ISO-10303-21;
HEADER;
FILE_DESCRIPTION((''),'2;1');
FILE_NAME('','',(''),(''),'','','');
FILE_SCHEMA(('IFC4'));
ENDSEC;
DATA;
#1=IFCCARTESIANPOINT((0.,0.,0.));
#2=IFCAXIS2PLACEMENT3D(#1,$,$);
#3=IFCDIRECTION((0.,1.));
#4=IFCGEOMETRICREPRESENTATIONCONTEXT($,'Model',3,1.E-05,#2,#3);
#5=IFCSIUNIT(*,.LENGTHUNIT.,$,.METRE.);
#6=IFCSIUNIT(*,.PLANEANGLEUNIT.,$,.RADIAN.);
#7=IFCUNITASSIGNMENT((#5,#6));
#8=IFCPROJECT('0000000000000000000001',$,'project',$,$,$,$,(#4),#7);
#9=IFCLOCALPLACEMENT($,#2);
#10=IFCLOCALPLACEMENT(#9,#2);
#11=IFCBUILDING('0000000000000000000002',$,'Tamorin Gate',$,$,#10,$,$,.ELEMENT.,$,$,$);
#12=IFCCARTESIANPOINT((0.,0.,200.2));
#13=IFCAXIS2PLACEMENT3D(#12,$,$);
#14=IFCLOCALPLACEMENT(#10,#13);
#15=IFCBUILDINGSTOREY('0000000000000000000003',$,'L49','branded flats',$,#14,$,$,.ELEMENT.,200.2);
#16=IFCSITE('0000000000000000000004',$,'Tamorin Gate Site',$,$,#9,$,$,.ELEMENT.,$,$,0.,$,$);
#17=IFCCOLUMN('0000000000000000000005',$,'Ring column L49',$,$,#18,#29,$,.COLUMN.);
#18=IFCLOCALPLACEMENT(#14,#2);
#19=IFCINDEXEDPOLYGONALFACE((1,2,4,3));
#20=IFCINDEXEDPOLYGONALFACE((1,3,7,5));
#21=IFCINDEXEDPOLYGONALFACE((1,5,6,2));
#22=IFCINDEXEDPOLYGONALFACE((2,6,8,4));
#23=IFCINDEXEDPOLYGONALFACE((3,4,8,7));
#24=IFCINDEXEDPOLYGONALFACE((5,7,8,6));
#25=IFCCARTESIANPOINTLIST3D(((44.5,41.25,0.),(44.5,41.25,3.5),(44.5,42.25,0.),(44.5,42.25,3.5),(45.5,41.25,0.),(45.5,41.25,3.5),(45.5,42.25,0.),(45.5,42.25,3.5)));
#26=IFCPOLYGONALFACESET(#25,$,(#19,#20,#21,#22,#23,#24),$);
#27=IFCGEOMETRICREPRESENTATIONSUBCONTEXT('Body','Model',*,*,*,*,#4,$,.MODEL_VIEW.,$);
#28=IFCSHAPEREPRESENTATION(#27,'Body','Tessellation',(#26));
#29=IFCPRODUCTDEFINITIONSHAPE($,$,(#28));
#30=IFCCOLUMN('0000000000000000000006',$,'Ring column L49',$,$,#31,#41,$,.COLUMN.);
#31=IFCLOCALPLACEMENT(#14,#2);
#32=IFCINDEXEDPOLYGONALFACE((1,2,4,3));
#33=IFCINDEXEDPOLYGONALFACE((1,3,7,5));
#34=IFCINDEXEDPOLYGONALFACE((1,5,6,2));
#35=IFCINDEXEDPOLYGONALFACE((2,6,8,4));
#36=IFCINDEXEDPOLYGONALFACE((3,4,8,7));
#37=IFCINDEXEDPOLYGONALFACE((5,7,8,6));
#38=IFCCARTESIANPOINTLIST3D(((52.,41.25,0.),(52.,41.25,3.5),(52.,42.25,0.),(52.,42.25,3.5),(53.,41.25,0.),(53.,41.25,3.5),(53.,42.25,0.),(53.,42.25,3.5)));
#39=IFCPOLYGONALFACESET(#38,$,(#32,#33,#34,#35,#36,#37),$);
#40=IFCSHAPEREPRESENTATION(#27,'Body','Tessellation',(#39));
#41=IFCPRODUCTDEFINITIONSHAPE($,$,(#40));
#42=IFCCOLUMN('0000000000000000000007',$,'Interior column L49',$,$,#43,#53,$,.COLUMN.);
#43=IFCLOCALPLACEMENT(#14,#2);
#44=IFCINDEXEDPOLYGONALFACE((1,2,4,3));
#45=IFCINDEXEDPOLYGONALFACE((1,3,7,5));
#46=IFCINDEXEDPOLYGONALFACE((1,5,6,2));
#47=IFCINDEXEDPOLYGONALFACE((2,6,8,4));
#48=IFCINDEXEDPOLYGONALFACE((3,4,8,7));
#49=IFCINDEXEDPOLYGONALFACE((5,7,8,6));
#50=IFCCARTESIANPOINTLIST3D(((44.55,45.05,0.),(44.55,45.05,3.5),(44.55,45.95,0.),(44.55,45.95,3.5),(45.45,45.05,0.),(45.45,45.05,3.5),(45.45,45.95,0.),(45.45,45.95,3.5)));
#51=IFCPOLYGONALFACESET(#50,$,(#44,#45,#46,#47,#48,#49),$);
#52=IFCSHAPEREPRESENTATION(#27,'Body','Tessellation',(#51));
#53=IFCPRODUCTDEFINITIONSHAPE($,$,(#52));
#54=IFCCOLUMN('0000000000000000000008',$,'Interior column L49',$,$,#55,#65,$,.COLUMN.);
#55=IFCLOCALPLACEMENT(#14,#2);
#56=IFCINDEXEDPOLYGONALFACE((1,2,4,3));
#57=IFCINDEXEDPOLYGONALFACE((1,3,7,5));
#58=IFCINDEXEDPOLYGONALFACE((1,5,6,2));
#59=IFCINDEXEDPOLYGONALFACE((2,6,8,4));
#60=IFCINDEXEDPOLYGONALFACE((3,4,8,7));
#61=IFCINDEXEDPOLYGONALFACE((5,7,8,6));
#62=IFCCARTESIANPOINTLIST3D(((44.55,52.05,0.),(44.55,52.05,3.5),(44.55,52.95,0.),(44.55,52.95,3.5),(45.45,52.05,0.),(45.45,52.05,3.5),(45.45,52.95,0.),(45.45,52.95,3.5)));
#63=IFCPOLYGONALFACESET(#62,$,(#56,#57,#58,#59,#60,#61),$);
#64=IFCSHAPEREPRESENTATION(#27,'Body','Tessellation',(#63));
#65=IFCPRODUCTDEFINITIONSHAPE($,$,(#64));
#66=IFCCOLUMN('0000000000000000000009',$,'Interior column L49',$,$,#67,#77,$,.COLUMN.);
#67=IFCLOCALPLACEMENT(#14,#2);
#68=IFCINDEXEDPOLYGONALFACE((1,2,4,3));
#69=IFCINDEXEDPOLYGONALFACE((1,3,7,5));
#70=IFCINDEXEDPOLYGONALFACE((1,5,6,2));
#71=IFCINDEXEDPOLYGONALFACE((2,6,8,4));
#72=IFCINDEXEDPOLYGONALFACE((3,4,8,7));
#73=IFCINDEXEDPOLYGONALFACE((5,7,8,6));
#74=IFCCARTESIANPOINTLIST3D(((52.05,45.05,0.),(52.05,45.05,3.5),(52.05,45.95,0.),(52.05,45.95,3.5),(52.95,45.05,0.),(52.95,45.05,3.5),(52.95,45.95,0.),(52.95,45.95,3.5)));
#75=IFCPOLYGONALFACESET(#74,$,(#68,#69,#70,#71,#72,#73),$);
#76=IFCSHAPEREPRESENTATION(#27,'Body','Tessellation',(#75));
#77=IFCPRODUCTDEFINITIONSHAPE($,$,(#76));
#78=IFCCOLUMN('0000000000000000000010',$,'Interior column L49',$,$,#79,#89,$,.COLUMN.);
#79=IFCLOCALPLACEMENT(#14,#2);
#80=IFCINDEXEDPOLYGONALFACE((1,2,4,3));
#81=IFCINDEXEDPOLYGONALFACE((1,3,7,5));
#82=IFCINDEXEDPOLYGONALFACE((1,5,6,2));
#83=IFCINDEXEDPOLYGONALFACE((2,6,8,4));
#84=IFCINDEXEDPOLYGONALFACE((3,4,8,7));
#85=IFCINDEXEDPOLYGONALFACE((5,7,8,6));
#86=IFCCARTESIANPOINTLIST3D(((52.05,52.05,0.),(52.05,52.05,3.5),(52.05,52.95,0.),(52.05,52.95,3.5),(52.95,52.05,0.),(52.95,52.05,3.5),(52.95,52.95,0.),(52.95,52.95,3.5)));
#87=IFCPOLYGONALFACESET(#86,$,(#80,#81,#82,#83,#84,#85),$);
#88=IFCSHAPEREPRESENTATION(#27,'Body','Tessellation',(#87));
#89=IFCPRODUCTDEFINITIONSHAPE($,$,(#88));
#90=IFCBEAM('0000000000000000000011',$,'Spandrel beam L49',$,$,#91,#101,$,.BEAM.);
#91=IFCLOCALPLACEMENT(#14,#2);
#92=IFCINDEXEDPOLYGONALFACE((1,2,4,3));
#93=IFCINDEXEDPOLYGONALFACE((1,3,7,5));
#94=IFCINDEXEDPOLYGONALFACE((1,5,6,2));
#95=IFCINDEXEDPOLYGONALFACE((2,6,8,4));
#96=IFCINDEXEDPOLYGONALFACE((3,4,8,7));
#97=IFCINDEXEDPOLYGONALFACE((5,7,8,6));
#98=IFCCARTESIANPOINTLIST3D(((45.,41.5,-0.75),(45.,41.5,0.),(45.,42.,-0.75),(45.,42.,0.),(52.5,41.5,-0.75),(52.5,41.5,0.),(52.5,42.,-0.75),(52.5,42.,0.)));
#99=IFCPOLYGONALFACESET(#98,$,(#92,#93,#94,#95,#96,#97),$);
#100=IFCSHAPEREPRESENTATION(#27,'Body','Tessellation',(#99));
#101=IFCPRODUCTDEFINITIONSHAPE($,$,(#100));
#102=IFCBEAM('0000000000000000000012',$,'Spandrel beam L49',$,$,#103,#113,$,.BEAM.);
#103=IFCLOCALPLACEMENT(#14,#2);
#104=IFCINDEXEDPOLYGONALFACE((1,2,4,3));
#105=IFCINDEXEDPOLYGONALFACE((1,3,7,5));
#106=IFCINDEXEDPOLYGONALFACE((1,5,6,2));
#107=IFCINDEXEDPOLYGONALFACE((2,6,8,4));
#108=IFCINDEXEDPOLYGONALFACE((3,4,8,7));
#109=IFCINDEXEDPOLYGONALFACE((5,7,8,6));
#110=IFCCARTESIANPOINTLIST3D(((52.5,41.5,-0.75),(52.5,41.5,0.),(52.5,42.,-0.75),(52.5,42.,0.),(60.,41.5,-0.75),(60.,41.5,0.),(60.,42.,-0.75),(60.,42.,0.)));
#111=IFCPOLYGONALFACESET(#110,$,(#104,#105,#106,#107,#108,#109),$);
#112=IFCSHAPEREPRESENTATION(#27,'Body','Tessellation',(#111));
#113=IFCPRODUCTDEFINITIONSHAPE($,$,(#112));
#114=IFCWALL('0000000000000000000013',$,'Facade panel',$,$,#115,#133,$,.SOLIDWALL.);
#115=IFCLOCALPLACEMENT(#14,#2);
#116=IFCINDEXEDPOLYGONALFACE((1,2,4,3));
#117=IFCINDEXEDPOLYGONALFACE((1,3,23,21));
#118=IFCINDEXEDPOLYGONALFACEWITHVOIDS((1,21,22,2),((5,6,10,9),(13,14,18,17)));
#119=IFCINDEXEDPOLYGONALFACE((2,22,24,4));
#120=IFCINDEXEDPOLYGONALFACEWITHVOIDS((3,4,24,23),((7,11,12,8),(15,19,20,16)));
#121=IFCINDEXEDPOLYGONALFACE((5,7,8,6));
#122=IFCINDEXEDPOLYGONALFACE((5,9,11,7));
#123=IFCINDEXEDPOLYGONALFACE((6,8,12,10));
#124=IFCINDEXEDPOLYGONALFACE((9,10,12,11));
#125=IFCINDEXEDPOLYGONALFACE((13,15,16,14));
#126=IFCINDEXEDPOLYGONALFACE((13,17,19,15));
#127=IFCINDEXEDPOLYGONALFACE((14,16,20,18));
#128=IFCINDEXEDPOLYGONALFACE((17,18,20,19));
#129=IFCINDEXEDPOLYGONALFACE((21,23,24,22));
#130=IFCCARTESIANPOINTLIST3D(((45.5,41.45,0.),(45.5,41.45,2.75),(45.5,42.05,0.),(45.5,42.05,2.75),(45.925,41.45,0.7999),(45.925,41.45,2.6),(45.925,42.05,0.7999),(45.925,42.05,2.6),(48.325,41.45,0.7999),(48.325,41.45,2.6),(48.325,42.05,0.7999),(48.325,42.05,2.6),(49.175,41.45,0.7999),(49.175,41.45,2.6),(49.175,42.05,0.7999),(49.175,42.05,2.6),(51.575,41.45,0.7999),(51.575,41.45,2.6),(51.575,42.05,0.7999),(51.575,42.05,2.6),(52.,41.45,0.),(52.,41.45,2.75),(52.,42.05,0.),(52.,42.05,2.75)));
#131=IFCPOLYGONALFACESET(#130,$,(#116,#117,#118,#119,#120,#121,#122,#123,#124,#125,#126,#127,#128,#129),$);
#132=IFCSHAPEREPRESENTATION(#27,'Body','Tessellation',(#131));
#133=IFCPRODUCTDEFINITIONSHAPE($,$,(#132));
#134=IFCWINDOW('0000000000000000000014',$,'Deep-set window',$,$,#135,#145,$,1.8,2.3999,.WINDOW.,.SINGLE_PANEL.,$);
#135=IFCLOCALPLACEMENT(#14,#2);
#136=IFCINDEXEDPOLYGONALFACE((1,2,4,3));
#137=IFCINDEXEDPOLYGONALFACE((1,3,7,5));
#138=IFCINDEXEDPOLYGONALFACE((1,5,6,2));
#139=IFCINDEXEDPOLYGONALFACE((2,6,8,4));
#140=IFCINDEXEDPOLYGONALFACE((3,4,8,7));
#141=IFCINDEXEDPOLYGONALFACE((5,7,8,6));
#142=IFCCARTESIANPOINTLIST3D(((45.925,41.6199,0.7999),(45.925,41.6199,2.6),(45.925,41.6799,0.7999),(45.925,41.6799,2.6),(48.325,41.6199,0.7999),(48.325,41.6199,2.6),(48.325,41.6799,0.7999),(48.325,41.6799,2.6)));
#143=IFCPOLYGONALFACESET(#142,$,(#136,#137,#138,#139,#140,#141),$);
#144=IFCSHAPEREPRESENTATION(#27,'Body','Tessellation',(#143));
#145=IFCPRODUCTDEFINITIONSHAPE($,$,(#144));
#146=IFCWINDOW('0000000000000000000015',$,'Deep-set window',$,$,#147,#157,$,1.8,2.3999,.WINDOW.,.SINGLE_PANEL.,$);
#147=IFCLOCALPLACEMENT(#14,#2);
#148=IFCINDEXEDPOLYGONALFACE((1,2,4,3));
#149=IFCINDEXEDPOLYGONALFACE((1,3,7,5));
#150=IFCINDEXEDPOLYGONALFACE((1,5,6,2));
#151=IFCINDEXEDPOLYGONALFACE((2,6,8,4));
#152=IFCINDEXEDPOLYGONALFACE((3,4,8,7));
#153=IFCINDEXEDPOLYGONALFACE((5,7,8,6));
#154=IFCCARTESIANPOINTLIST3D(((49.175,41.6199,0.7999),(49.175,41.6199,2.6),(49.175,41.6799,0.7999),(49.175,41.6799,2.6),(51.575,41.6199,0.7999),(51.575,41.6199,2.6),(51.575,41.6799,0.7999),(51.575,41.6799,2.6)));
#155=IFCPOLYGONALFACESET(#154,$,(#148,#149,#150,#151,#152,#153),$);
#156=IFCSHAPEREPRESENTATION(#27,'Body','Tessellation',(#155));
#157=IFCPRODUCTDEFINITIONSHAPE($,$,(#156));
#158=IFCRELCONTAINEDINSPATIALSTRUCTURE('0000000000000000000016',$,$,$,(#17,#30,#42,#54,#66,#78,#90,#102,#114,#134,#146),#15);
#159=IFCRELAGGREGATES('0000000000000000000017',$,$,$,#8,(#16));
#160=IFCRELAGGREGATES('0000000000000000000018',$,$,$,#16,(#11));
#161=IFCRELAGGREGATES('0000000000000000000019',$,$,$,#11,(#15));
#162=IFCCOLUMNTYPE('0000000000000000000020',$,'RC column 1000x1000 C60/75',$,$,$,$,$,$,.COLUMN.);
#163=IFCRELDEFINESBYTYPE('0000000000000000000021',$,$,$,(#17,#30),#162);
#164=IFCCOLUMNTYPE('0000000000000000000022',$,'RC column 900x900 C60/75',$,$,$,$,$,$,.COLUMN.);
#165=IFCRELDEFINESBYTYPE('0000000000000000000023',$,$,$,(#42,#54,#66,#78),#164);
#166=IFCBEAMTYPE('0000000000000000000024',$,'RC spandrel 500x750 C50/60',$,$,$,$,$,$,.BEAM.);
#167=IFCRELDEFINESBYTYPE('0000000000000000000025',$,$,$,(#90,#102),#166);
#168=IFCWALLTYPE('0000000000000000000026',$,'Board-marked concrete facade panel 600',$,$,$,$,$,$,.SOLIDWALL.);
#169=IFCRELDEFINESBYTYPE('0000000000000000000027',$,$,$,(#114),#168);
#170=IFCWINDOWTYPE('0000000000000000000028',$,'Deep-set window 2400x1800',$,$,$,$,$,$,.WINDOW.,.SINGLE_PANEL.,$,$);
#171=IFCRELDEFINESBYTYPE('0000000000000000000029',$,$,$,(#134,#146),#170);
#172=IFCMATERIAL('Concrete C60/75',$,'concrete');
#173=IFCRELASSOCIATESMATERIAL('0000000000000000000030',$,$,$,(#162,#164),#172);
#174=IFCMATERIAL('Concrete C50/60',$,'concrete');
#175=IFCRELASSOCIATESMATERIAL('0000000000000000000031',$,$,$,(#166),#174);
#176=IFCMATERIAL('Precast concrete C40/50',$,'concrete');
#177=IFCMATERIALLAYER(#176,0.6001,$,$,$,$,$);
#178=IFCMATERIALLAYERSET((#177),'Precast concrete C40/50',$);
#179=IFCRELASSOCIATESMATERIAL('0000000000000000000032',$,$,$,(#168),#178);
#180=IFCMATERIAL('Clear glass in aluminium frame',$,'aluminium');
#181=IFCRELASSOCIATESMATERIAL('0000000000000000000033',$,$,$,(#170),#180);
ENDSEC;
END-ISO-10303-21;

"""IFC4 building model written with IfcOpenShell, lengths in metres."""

from ifc_helpers import new_model, si_unit, direction, frame, frame_2d, origin, origin_2d, place, context, subcontext, project, spatial, rectangle, extrude, material, layer, layer_set, material_profile, profile_set, type_object, element, fill, save


model = new_model("IFC4")

# Units and contexts
model_context = context("Model", 3, precision=1e-05, world=origin(), true_north=direction((0.0, 1.0)))
body_context = subcontext(model_context, "Body", "Model", "MODEL_VIEW")
ifc_project = project(units=[si_unit("LENGTHUNIT", "METRE"), si_unit("PLANEANGLEUNIT", "RADIAN")], contexts=[model_context])

# Site, building, storey
site_placement = place(None, origin())
site = spatial("IfcSite", under=ifc_project, at=site_placement, Name="Tamorin Gate Site", CompositionType="ELEMENT", RefElevation=0.0)
building_placement = place(site_placement, origin())
building = spatial("IfcBuilding", under=site, at=building_placement, Name="Tamorin Gate", CompositionType="ELEMENT")
storey_placement = place(building_placement, frame((0.0, 0.0, 200.2)))
storey = spatial("IfcBuildingStorey", under=building, at=storey_placement, Name="L49", Description="branded flats", CompositionType="ELEMENT", Elevation=200.2)

# Columns
ifc_material_1 = material(Name="Concrete C60/75", Category="concrete")
ifc_material_profile_1 = material_profile(ifc_material_1, rectangle(XDim=1.0, YDim=1.0, at=origin_2d()), Name="RC 1000x1000")
ifc_profile_set_1 = profile_set([ifc_material_profile_1], Name="Concrete C60/75")
column_type_1 = type_object("IfcColumnType", Name="RC column 1000x1000 C60/75", PredefinedType="COLUMN", material=ifc_profile_set_1)
for number, where, z_axis, x_axis, name in (
    (1, (45.0, 41.75, 0.0), (0.0, 0.0, 1.0), (1.0, 0.0, 0.0), "Ring column L49"),
    (2, (52.5, 41.75, 0.0), (0.0, 0.0, 1.0), (1.0, 0.0, 0.0), "Ring column L49"),
):
    element("IfcColumn", number, at=place(storey_placement, frame(where, z_axis=z_axis, x_axis=x_axis)), inside=storey, type_object=column_type_1, Name=name, PredefinedType="COLUMN", context=body_context, shape_type="SweptSolid", body=[
        extrude(rectangle(XDim=1.0, YDim=1.0, at=origin_2d()), origin(), (0.0, 0.0, 1.0), 3.5),
    ])
ifc_material_profile_2 = material_profile(ifc_material_1, rectangle(XDim=0.8999, YDim=0.8999, at=origin_2d()), Name="RC 900x900")
ifc_profile_set_2 = profile_set([ifc_material_profile_2], Name="Concrete C60/75")
column_type_2 = type_object("IfcColumnType", Name="RC column 900x900 C60/75", PredefinedType="COLUMN", material=ifc_profile_set_2)
for number, where, z_axis, x_axis, name in (
    (3, (45.0, 45.5, 0.0), (0.0, 0.0, 1.0), (1.0, 0.0, 0.0), "Interior column L49"),
    (4, (45.0, 52.5, 0.0), (0.0, 0.0, 1.0), (1.0, 0.0, 0.0), "Interior column L49"),
    (5, (52.5, 45.5, 0.0), (0.0, 0.0, 1.0), (1.0, 0.0, 0.0), "Interior column L49"),
    (6, (52.5, 52.5, 0.0), (0.0, 0.0, 1.0), (1.0, 0.0, 0.0), "Interior column L49"),
):
    element("IfcColumn", number, at=place(storey_placement, frame(where, z_axis=z_axis, x_axis=x_axis)), inside=storey, type_object=column_type_2, Name=name, PredefinedType="COLUMN", context=body_context, shape_type="SweptSolid", body=[
        extrude(rectangle(XDim=0.8999, YDim=0.8999, at=origin_2d()), origin(), (0.0, 0.0, 1.0), 3.5),
    ])

# Beams
ifc_material_2 = material(Name="Concrete C50/60", Category="concrete")
ifc_material_profile_3 = material_profile(ifc_material_2, rectangle(XDim=0.5, YDim=0.75, at=origin_2d()), Name="RC 500x750")
ifc_profile_set_3 = profile_set([ifc_material_profile_3], Name="Concrete C50/60")
beam_type = type_object("IfcBeamType", Name="RC spandrel 500x750 C50/60", PredefinedType="BEAM", material=ifc_profile_set_3)
for number, where, z_axis, x_axis, name in (
    (7, (45.0, 41.75, -0.375), (1.0, 0.0, 0.0), (0.0, 1.0, 0.0), "Spandrel beam L49"),
    (8, (52.5, 41.75, -0.375), (1.0, 0.0, 0.0), (0.0, 1.0, 0.0), "Spandrel beam L49"),
):
    element("IfcBeam", number, at=place(storey_placement, frame(where, z_axis=z_axis, x_axis=x_axis)), inside=storey, type_object=beam_type, Name=name, PredefinedType="BEAM", context=body_context, shape_type="SweptSolid", body=[
        extrude(rectangle(XDim=0.5, YDim=0.75, at=origin_2d()), origin(), (0.0, 0.0, 1.0), 7.5),
    ])

# Wall, openings, windows
ifc_material_3 = material(Name="Precast concrete C40/50", Category="concrete")
ifc_layer_1 = layer(ifc_material_3, 0.6001)
ifc_layer_set_1 = layer_set([ifc_layer_1], Name="Precast concrete C40/50")
wall_type_1 = type_object("IfcWallType", Name="Board-marked concrete facade panel 600", PredefinedType="SOLIDWALL", material=ifc_layer_set_1)
wall_1_placement = place(storey_placement, frame((45.5, 41.75, 0.0), z_axis=(0.0, 0.0, 1.0), x_axis=(1.0, 0.0, 0.0)))
wall_1 = element("IfcWall", 9, at=wall_1_placement, inside=storey, type_object=wall_type_1, Name="Facade panel", PredefinedType="SOLIDWALL", context=body_context, shape_type="SweptSolid", body=[
    extrude(rectangle(XDim=6.5, YDim=0.6001, at=frame_2d((3.25, 0.0))), origin(), (0.0, 0.0, 1.0), 2.75),
])
opening_1_placement = place(wall_1_placement, frame((0.425, 0.0, 0.8)))
opening_1 = element("IfcOpeningElement", 10, at=opening_1_placement, cuts=wall_1, PredefinedType="OPENING", context=body_context, shape_type="SweptSolid", body=[
    extrude(rectangle(XDim=2.3999, YDim=1.8, at=frame_2d((1.2, 0.8999))), frame((0.0, 0.3101, 0.0), z_axis=(0.0, -1.0, 0.0), x_axis=(1.0, 0.0, 0.0)), (0.0, 0.0, 1.0), 0.6201),
])
opening_2_placement = place(wall_1_placement, frame((3.675, 0.0, 0.8)))
opening_2 = element("IfcOpeningElement", 11, at=opening_2_placement, cuts=wall_1, PredefinedType="OPENING", context=body_context, shape_type="SweptSolid", body=[
    extrude(rectangle(XDim=2.3999, YDim=1.8, at=frame_2d((1.2, 0.8999))), frame((0.0, 0.3101, 0.0), z_axis=(0.0, -1.0, 0.0), x_axis=(1.0, 0.0, 0.0)), (0.0, 0.0, 1.0), 0.6201),
])
ifc_material_4 = material(Name="Clear glass in aluminium frame", Category="aluminium")
window_type = type_object("IfcWindowType", Name="Deep-set window 2400x1800", PartitioningType="SINGLE_PANEL", PredefinedType="WINDOW", material=ifc_material_4)
window_1_placement = place(opening_1_placement, origin())
window_1 = element("IfcWindow", 12, at=window_1_placement, inside=storey, type_object=window_type, Name="Deep-set window", OverallHeight=1.8, OverallWidth=2.3999, PartitioningType="SINGLE_PANEL", PredefinedType="WINDOW", context=body_context, shape_type="SweptSolid", body=[
    extrude(rectangle(XDim=2.3999, YDim=1.8, at=frame_2d((1.2, 0.8999))), frame((0.0, -0.0701, 0.0), z_axis=(0.0, -1.0, 0.0), x_axis=(1.0, 0.0, 0.0)), (0.0, 0.0, 1.0), 0.0601),
])
fill(opening_1, window_1)
window_2_placement = place(opening_2_placement, origin())
window_2 = element("IfcWindow", 13, at=window_2_placement, inside=storey, type_object=window_type, Name="Deep-set window", OverallHeight=1.8, OverallWidth=2.3999, PartitioningType="SINGLE_PANEL", PredefinedType="WINDOW", context=body_context, shape_type="SweptSolid", body=[
    extrude(rectangle(XDim=2.3999, YDim=1.8, at=frame_2d((1.2, 0.8999))), frame((0.0, -0.0701, 0.0), z_axis=(0.0, -1.0, 0.0), x_axis=(1.0, 0.0, 0.0)), (0.0, 0.0, 1.0), 0.0601),
])
fill(opening_2, window_2)

save(model, "model.ifc")
